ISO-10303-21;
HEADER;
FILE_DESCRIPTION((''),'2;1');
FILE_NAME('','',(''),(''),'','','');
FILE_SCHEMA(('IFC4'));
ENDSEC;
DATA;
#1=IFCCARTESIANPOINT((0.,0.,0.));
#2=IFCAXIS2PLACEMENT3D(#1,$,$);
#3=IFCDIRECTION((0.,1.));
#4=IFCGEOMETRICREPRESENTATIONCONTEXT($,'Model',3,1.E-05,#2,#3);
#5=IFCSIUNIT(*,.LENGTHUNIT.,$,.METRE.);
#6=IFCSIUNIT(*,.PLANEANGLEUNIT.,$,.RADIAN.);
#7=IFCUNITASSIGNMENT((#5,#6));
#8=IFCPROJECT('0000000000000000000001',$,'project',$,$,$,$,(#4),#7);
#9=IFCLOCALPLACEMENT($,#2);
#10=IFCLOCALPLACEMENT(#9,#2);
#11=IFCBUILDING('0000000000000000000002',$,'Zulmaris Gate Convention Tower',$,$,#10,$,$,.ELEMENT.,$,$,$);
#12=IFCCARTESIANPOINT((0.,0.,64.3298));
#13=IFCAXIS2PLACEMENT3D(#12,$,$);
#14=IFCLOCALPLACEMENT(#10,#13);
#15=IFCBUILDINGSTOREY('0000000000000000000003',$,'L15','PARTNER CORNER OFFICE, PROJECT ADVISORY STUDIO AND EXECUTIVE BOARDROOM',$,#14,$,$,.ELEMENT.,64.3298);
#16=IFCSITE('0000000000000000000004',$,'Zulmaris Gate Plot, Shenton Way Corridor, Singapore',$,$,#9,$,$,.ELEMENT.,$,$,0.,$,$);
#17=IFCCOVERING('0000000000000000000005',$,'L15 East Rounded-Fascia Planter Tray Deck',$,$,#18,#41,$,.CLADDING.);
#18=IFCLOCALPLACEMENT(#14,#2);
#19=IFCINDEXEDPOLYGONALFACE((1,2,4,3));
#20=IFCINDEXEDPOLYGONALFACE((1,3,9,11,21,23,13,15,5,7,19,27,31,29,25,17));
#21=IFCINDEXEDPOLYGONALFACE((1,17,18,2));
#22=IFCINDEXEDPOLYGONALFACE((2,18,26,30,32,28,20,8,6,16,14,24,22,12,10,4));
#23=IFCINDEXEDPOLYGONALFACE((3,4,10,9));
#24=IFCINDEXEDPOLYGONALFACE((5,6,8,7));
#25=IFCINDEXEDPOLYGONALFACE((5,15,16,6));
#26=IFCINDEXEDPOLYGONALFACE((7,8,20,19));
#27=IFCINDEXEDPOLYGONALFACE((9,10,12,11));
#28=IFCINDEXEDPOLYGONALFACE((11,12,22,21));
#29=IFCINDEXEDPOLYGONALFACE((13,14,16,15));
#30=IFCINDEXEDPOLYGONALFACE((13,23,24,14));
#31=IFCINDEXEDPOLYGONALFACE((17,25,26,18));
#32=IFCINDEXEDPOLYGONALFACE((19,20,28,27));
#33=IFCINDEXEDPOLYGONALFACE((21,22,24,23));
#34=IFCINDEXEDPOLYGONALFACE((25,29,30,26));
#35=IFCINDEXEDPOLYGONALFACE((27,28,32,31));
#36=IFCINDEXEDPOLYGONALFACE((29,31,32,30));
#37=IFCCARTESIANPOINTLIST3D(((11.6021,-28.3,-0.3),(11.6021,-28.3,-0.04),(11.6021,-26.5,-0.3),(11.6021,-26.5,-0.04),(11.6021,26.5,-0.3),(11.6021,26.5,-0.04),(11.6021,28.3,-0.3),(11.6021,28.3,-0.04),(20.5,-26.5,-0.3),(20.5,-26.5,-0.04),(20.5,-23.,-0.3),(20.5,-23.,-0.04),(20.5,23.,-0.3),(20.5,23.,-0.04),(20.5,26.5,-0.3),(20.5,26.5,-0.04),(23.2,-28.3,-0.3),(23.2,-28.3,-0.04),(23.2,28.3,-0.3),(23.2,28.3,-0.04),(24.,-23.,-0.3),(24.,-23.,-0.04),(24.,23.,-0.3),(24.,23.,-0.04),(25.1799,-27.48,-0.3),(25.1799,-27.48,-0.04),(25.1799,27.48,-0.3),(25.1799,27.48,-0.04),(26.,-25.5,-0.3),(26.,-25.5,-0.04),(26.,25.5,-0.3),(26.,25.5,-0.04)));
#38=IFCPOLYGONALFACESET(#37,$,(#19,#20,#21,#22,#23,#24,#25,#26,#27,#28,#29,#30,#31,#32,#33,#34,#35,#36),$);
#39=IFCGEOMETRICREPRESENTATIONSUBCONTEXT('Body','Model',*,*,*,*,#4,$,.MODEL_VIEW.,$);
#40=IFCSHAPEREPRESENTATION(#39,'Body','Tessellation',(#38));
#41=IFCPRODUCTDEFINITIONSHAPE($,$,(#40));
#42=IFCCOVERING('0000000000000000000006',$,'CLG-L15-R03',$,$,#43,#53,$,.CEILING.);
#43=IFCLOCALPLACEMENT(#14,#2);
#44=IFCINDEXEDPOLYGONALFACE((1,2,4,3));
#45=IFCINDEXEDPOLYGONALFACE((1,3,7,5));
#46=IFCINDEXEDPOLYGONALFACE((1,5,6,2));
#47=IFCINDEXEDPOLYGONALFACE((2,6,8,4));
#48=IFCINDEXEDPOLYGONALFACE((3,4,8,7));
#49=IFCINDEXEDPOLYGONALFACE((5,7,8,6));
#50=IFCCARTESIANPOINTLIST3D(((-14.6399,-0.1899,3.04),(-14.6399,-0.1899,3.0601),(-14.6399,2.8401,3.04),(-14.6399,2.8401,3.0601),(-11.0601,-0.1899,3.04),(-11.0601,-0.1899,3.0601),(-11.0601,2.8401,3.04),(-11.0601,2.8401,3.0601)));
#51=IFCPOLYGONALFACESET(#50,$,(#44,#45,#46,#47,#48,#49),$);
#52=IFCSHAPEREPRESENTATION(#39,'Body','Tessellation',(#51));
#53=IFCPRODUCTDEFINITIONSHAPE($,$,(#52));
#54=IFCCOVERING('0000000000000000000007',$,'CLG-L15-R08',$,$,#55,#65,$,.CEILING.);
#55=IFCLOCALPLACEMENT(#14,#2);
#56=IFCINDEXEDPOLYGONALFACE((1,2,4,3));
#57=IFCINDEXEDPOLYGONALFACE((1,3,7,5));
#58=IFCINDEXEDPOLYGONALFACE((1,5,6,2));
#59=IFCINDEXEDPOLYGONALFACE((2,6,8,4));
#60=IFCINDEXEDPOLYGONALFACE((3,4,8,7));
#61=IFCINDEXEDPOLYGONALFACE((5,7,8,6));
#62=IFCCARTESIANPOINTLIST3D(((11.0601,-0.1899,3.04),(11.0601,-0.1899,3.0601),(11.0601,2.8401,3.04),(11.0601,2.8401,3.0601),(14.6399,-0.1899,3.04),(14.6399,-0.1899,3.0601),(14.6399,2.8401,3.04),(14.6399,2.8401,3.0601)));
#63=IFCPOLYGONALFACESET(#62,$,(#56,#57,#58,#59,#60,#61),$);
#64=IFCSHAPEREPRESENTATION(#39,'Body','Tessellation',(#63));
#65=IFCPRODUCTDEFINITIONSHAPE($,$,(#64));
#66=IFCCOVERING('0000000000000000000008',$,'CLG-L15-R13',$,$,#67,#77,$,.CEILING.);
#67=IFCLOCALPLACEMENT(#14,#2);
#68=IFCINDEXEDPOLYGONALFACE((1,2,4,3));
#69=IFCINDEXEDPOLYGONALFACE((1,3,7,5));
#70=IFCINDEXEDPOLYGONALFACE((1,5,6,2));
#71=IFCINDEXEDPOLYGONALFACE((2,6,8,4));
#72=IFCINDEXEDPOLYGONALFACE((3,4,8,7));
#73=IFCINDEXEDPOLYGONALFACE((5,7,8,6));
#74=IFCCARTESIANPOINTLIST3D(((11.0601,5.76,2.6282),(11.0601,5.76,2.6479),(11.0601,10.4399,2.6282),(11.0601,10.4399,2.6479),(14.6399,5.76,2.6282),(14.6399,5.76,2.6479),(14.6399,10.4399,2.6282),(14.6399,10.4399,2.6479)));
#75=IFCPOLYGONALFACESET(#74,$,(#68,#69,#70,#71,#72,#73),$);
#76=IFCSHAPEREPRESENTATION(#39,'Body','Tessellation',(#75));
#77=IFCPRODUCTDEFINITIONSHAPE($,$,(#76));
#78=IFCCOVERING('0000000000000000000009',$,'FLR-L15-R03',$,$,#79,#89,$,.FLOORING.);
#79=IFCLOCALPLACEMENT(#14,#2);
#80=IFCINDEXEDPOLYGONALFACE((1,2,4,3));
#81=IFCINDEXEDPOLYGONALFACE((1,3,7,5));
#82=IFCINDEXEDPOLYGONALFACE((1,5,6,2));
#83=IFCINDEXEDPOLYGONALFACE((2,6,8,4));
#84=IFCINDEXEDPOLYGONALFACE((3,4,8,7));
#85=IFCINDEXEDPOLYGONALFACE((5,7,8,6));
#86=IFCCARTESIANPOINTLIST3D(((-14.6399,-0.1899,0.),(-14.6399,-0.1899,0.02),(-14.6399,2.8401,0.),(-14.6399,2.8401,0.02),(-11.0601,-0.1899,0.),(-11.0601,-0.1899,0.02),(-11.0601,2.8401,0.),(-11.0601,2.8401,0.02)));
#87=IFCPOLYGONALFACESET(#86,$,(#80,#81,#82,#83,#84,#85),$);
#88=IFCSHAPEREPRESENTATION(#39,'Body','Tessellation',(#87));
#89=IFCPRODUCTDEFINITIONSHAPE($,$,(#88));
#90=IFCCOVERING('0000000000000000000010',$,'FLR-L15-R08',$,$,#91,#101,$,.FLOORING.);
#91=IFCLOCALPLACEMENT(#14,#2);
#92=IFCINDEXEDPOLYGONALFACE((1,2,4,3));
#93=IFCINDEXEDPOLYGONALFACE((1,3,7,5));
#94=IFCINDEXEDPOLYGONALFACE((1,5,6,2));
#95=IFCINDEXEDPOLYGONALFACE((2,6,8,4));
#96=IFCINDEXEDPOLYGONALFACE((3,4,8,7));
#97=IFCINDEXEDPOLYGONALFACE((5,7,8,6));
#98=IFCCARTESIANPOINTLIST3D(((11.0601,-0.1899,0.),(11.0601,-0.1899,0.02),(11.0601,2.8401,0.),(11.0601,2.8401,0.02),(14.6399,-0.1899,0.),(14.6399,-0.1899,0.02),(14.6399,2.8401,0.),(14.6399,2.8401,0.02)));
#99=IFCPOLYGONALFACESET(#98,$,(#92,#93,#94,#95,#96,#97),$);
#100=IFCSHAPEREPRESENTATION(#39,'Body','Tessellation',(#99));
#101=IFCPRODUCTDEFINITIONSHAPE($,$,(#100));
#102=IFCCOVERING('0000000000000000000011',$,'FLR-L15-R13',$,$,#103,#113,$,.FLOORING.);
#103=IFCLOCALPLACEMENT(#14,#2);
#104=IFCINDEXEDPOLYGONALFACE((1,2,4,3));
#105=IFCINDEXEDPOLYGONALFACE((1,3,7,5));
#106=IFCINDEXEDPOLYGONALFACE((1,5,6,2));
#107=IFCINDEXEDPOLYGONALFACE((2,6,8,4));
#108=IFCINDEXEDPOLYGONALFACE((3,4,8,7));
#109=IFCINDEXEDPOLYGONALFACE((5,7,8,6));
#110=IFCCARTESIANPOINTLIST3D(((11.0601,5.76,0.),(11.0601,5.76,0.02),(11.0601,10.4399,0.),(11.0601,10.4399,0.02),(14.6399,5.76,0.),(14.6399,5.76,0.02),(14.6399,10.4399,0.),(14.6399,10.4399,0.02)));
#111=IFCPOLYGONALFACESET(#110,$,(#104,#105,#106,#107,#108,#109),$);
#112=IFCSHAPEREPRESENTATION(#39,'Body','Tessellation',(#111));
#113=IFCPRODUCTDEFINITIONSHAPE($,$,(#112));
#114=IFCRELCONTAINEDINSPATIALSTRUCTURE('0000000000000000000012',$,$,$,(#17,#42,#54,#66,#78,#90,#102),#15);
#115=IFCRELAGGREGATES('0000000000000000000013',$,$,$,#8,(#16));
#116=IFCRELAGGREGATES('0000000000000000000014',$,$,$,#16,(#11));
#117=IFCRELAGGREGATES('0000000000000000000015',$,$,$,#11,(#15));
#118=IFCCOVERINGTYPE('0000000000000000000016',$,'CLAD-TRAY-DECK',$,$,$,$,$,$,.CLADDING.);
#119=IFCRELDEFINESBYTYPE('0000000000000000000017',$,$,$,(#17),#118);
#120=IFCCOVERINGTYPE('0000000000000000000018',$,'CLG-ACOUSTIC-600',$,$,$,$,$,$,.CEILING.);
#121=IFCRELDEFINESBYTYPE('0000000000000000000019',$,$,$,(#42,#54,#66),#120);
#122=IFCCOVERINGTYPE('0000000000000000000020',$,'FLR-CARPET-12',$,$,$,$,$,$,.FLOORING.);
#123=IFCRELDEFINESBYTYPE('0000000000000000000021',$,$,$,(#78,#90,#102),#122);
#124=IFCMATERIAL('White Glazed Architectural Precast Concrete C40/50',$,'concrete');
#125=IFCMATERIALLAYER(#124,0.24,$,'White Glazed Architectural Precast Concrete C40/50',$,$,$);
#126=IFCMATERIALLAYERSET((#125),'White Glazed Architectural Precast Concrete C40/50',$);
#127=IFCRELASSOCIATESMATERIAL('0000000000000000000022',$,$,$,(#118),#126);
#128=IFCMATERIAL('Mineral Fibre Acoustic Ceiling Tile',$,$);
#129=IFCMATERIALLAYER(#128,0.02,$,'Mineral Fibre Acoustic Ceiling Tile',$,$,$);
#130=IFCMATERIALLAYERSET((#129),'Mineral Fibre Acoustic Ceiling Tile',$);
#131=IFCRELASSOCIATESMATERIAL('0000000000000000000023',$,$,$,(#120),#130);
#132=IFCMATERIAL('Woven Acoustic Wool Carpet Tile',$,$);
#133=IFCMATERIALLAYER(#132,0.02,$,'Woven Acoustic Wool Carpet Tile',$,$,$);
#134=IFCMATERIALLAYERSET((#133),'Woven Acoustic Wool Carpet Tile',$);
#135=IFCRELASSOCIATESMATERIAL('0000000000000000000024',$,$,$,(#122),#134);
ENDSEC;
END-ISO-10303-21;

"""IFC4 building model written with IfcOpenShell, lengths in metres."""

from ifc_helpers import new_model, si_unit, direction, frame, origin, place, context, subcontext, project, spatial, polyline, outline, extrude, material, layer, layer_set, type_object, element, save


model = new_model("IFC4")

# Units and contexts
model_context = context("Model", 3, precision=1e-05, world=origin(), true_north=direction((0.0, 1.0)))
body_context = subcontext(model_context, "Body", "Model", "MODEL_VIEW")
ifc_project = project(units=[si_unit("LENGTHUNIT", "METRE"), si_unit("PLANEANGLEUNIT", "RADIAN")], contexts=[model_context])

# Site, building, storey
site_placement = place(None, origin())
site = spatial("IfcSite", under=ifc_project, at=site_placement, Name="Zulmaris Gate Plot, Shenton Way Corridor, Singapore", CompositionType="ELEMENT", RefElevation=0.0)
building_placement = place(site_placement, origin())
building = spatial("IfcBuilding", under=site, at=building_placement, Name="Zulmaris Gate Convention Tower", CompositionType="ELEMENT")
storey_placement = place(building_placement, frame((0.0, 0.0, 64.3298)))
storey = spatial("IfcBuildingStorey", under=building, at=storey_placement, Name="L15", Description="PARTNER CORNER OFFICE, PROJECT ADVISORY STUDIO AND EXECUTIVE BOARDROOM", CompositionType="ELEMENT", Elevation=64.3298)

# Coverings
ifc_material_1 = material(Name="White Glazed Architectural Precast Concrete C40/50", Category="concrete")
ifc_layer_1 = layer(ifc_material_1, 0.24, Name="White Glazed Architectural Precast Concrete C40/50")
ifc_layer_set_1 = layer_set([ifc_layer_1], Name="White Glazed Architectural Precast Concrete C40/50")
covering_type_1 = type_object("IfcCoveringType", Name="CLAD-TRAY-DECK", PredefinedType="CLADDING", material=ifc_layer_set_1)
covering_1_placement = place(storey_placement, frame((0.0, 0.0, -0.3)))
element("IfcCovering", 1, at=covering_1_placement, inside=storey, type_object=covering_type_1, Name="L15 East Rounded-Fascia Planter Tray Deck", PredefinedType="CLADDING", context=body_context, shape_type="SweptSolid", body=[
    extrude(outline(polyline([(23.2, 28.3), (25.1799, 27.48), (26.0, 25.5), (26.0, -25.5), (25.1799, -27.48), (23.2, -28.3), (11.6021, -28.3), (11.6021, -26.5), (20.5, -26.5), (20.5, -23.0), (24.0, -23.0), (24.0, 23.0), (20.5, 23.0), (20.5, 26.5), (11.6021, 26.5), (11.6021, 28.3), (23.2, 28.3)])), origin(), (0.0, 0.0, 1.0), 0.26),
])
ifc_material_2 = material(Name="Mineral Fibre Acoustic Ceiling Tile")
ifc_layer_2 = layer(ifc_material_2, 0.02, Name="Mineral Fibre Acoustic Ceiling Tile")
ifc_layer_set_2 = layer_set([ifc_layer_2], Name="Mineral Fibre Acoustic Ceiling Tile")
covering_type_2 = type_object("IfcCoveringType", Name="CLG-ACOUSTIC-600", PredefinedType="CEILING", material=ifc_layer_set_2)
covering_2_placement = place(storey_placement, frame((0.0, 0.0, 3.04)))
element("IfcCovering", 2, at=covering_2_placement, inside=storey, type_object=covering_type_2, Name="CLG-L15-R03", PredefinedType="CEILING", context=body_context, shape_type="SweptSolid", body=[
    extrude(outline(polyline([(-14.6399, -0.1899), (-11.0601, -0.1899), (-11.0601, 2.8401), (-14.6399, 2.8401), (-14.6399, -0.1899)])), origin(), (0.0, 0.0, 1.0), 0.02),
])
covering_3_placement = place(storey_placement, frame((0.0, 0.0, 3.04)))
element("IfcCovering", 3, at=covering_3_placement, inside=storey, type_object=covering_type_2, Name="CLG-L15-R08", PredefinedType="CEILING", context=body_context, shape_type="SweptSolid", body=[
    extrude(outline(polyline([(11.0601, -0.1899), (14.6399, -0.1899), (14.6399, 2.8401), (11.0601, 2.8401), (11.0601, -0.1899)])), origin(), (0.0, 0.0, 1.0), 0.02),
])
covering_4_placement = place(storey_placement, frame((0.0, 0.0, 2.6282)))
element("IfcCovering", 4, at=covering_4_placement, inside=storey, type_object=covering_type_2, Name="CLG-L15-R13", PredefinedType="CEILING", context=body_context, shape_type="SweptSolid", body=[
    extrude(outline(polyline([(11.0601, 5.76), (14.6399, 5.76), (14.6399, 10.4399), (11.0601, 10.4399), (11.0601, 5.76)])), origin(), (0.0, 0.0, 1.0), 0.0198),
])
ifc_material_3 = material(Name="Woven Acoustic Wool Carpet Tile")
ifc_layer_3 = layer(ifc_material_3, 0.02, Name="Woven Acoustic Wool Carpet Tile")
ifc_layer_set_3 = layer_set([ifc_layer_3], Name="Woven Acoustic Wool Carpet Tile")
covering_type_3 = type_object("IfcCoveringType", Name="FLR-CARPET-12", PredefinedType="FLOORING", material=ifc_layer_set_3)
covering_5_placement = place(storey_placement, origin())
element("IfcCovering", 5, at=covering_5_placement, inside=storey, type_object=covering_type_3, Name="FLR-L15-R03", PredefinedType="FLOORING", context=body_context, shape_type="SweptSolid", body=[
    extrude(outline(polyline([(-14.6399, -0.1899), (-11.0601, -0.1899), (-11.0601, 2.8401), (-14.6399, 2.8401), (-14.6399, -0.1899)])), origin(), (0.0, 0.0, 1.0), 0.02),
])
covering_6_placement = place(storey_placement, origin())
element("IfcCovering", 6, at=covering_6_placement, inside=storey, type_object=covering_type_3, Name="FLR-L15-R08", PredefinedType="FLOORING", context=body_context, shape_type="SweptSolid", body=[
    extrude(outline(polyline([(11.0601, -0.1899), (14.6399, -0.1899), (14.6399, 2.8401), (11.0601, 2.8401), (11.0601, -0.1899)])), origin(), (0.0, 0.0, 1.0), 0.02),
])
covering_7_placement = place(storey_placement, origin())
element("IfcCovering", 7, at=covering_7_placement, inside=storey, type_object=covering_type_3, Name="FLR-L15-R13", PredefinedType="FLOORING", context=body_context, shape_type="SweptSolid", body=[
    extrude(outline(polyline([(11.0601, 5.76), (14.6399, 5.76), (14.6399, 10.4399), (11.0601, 10.4399), (11.0601, 5.76)])), origin(), (0.0, 0.0, 1.0), 0.02),
])

save(model, "model.ifc")
